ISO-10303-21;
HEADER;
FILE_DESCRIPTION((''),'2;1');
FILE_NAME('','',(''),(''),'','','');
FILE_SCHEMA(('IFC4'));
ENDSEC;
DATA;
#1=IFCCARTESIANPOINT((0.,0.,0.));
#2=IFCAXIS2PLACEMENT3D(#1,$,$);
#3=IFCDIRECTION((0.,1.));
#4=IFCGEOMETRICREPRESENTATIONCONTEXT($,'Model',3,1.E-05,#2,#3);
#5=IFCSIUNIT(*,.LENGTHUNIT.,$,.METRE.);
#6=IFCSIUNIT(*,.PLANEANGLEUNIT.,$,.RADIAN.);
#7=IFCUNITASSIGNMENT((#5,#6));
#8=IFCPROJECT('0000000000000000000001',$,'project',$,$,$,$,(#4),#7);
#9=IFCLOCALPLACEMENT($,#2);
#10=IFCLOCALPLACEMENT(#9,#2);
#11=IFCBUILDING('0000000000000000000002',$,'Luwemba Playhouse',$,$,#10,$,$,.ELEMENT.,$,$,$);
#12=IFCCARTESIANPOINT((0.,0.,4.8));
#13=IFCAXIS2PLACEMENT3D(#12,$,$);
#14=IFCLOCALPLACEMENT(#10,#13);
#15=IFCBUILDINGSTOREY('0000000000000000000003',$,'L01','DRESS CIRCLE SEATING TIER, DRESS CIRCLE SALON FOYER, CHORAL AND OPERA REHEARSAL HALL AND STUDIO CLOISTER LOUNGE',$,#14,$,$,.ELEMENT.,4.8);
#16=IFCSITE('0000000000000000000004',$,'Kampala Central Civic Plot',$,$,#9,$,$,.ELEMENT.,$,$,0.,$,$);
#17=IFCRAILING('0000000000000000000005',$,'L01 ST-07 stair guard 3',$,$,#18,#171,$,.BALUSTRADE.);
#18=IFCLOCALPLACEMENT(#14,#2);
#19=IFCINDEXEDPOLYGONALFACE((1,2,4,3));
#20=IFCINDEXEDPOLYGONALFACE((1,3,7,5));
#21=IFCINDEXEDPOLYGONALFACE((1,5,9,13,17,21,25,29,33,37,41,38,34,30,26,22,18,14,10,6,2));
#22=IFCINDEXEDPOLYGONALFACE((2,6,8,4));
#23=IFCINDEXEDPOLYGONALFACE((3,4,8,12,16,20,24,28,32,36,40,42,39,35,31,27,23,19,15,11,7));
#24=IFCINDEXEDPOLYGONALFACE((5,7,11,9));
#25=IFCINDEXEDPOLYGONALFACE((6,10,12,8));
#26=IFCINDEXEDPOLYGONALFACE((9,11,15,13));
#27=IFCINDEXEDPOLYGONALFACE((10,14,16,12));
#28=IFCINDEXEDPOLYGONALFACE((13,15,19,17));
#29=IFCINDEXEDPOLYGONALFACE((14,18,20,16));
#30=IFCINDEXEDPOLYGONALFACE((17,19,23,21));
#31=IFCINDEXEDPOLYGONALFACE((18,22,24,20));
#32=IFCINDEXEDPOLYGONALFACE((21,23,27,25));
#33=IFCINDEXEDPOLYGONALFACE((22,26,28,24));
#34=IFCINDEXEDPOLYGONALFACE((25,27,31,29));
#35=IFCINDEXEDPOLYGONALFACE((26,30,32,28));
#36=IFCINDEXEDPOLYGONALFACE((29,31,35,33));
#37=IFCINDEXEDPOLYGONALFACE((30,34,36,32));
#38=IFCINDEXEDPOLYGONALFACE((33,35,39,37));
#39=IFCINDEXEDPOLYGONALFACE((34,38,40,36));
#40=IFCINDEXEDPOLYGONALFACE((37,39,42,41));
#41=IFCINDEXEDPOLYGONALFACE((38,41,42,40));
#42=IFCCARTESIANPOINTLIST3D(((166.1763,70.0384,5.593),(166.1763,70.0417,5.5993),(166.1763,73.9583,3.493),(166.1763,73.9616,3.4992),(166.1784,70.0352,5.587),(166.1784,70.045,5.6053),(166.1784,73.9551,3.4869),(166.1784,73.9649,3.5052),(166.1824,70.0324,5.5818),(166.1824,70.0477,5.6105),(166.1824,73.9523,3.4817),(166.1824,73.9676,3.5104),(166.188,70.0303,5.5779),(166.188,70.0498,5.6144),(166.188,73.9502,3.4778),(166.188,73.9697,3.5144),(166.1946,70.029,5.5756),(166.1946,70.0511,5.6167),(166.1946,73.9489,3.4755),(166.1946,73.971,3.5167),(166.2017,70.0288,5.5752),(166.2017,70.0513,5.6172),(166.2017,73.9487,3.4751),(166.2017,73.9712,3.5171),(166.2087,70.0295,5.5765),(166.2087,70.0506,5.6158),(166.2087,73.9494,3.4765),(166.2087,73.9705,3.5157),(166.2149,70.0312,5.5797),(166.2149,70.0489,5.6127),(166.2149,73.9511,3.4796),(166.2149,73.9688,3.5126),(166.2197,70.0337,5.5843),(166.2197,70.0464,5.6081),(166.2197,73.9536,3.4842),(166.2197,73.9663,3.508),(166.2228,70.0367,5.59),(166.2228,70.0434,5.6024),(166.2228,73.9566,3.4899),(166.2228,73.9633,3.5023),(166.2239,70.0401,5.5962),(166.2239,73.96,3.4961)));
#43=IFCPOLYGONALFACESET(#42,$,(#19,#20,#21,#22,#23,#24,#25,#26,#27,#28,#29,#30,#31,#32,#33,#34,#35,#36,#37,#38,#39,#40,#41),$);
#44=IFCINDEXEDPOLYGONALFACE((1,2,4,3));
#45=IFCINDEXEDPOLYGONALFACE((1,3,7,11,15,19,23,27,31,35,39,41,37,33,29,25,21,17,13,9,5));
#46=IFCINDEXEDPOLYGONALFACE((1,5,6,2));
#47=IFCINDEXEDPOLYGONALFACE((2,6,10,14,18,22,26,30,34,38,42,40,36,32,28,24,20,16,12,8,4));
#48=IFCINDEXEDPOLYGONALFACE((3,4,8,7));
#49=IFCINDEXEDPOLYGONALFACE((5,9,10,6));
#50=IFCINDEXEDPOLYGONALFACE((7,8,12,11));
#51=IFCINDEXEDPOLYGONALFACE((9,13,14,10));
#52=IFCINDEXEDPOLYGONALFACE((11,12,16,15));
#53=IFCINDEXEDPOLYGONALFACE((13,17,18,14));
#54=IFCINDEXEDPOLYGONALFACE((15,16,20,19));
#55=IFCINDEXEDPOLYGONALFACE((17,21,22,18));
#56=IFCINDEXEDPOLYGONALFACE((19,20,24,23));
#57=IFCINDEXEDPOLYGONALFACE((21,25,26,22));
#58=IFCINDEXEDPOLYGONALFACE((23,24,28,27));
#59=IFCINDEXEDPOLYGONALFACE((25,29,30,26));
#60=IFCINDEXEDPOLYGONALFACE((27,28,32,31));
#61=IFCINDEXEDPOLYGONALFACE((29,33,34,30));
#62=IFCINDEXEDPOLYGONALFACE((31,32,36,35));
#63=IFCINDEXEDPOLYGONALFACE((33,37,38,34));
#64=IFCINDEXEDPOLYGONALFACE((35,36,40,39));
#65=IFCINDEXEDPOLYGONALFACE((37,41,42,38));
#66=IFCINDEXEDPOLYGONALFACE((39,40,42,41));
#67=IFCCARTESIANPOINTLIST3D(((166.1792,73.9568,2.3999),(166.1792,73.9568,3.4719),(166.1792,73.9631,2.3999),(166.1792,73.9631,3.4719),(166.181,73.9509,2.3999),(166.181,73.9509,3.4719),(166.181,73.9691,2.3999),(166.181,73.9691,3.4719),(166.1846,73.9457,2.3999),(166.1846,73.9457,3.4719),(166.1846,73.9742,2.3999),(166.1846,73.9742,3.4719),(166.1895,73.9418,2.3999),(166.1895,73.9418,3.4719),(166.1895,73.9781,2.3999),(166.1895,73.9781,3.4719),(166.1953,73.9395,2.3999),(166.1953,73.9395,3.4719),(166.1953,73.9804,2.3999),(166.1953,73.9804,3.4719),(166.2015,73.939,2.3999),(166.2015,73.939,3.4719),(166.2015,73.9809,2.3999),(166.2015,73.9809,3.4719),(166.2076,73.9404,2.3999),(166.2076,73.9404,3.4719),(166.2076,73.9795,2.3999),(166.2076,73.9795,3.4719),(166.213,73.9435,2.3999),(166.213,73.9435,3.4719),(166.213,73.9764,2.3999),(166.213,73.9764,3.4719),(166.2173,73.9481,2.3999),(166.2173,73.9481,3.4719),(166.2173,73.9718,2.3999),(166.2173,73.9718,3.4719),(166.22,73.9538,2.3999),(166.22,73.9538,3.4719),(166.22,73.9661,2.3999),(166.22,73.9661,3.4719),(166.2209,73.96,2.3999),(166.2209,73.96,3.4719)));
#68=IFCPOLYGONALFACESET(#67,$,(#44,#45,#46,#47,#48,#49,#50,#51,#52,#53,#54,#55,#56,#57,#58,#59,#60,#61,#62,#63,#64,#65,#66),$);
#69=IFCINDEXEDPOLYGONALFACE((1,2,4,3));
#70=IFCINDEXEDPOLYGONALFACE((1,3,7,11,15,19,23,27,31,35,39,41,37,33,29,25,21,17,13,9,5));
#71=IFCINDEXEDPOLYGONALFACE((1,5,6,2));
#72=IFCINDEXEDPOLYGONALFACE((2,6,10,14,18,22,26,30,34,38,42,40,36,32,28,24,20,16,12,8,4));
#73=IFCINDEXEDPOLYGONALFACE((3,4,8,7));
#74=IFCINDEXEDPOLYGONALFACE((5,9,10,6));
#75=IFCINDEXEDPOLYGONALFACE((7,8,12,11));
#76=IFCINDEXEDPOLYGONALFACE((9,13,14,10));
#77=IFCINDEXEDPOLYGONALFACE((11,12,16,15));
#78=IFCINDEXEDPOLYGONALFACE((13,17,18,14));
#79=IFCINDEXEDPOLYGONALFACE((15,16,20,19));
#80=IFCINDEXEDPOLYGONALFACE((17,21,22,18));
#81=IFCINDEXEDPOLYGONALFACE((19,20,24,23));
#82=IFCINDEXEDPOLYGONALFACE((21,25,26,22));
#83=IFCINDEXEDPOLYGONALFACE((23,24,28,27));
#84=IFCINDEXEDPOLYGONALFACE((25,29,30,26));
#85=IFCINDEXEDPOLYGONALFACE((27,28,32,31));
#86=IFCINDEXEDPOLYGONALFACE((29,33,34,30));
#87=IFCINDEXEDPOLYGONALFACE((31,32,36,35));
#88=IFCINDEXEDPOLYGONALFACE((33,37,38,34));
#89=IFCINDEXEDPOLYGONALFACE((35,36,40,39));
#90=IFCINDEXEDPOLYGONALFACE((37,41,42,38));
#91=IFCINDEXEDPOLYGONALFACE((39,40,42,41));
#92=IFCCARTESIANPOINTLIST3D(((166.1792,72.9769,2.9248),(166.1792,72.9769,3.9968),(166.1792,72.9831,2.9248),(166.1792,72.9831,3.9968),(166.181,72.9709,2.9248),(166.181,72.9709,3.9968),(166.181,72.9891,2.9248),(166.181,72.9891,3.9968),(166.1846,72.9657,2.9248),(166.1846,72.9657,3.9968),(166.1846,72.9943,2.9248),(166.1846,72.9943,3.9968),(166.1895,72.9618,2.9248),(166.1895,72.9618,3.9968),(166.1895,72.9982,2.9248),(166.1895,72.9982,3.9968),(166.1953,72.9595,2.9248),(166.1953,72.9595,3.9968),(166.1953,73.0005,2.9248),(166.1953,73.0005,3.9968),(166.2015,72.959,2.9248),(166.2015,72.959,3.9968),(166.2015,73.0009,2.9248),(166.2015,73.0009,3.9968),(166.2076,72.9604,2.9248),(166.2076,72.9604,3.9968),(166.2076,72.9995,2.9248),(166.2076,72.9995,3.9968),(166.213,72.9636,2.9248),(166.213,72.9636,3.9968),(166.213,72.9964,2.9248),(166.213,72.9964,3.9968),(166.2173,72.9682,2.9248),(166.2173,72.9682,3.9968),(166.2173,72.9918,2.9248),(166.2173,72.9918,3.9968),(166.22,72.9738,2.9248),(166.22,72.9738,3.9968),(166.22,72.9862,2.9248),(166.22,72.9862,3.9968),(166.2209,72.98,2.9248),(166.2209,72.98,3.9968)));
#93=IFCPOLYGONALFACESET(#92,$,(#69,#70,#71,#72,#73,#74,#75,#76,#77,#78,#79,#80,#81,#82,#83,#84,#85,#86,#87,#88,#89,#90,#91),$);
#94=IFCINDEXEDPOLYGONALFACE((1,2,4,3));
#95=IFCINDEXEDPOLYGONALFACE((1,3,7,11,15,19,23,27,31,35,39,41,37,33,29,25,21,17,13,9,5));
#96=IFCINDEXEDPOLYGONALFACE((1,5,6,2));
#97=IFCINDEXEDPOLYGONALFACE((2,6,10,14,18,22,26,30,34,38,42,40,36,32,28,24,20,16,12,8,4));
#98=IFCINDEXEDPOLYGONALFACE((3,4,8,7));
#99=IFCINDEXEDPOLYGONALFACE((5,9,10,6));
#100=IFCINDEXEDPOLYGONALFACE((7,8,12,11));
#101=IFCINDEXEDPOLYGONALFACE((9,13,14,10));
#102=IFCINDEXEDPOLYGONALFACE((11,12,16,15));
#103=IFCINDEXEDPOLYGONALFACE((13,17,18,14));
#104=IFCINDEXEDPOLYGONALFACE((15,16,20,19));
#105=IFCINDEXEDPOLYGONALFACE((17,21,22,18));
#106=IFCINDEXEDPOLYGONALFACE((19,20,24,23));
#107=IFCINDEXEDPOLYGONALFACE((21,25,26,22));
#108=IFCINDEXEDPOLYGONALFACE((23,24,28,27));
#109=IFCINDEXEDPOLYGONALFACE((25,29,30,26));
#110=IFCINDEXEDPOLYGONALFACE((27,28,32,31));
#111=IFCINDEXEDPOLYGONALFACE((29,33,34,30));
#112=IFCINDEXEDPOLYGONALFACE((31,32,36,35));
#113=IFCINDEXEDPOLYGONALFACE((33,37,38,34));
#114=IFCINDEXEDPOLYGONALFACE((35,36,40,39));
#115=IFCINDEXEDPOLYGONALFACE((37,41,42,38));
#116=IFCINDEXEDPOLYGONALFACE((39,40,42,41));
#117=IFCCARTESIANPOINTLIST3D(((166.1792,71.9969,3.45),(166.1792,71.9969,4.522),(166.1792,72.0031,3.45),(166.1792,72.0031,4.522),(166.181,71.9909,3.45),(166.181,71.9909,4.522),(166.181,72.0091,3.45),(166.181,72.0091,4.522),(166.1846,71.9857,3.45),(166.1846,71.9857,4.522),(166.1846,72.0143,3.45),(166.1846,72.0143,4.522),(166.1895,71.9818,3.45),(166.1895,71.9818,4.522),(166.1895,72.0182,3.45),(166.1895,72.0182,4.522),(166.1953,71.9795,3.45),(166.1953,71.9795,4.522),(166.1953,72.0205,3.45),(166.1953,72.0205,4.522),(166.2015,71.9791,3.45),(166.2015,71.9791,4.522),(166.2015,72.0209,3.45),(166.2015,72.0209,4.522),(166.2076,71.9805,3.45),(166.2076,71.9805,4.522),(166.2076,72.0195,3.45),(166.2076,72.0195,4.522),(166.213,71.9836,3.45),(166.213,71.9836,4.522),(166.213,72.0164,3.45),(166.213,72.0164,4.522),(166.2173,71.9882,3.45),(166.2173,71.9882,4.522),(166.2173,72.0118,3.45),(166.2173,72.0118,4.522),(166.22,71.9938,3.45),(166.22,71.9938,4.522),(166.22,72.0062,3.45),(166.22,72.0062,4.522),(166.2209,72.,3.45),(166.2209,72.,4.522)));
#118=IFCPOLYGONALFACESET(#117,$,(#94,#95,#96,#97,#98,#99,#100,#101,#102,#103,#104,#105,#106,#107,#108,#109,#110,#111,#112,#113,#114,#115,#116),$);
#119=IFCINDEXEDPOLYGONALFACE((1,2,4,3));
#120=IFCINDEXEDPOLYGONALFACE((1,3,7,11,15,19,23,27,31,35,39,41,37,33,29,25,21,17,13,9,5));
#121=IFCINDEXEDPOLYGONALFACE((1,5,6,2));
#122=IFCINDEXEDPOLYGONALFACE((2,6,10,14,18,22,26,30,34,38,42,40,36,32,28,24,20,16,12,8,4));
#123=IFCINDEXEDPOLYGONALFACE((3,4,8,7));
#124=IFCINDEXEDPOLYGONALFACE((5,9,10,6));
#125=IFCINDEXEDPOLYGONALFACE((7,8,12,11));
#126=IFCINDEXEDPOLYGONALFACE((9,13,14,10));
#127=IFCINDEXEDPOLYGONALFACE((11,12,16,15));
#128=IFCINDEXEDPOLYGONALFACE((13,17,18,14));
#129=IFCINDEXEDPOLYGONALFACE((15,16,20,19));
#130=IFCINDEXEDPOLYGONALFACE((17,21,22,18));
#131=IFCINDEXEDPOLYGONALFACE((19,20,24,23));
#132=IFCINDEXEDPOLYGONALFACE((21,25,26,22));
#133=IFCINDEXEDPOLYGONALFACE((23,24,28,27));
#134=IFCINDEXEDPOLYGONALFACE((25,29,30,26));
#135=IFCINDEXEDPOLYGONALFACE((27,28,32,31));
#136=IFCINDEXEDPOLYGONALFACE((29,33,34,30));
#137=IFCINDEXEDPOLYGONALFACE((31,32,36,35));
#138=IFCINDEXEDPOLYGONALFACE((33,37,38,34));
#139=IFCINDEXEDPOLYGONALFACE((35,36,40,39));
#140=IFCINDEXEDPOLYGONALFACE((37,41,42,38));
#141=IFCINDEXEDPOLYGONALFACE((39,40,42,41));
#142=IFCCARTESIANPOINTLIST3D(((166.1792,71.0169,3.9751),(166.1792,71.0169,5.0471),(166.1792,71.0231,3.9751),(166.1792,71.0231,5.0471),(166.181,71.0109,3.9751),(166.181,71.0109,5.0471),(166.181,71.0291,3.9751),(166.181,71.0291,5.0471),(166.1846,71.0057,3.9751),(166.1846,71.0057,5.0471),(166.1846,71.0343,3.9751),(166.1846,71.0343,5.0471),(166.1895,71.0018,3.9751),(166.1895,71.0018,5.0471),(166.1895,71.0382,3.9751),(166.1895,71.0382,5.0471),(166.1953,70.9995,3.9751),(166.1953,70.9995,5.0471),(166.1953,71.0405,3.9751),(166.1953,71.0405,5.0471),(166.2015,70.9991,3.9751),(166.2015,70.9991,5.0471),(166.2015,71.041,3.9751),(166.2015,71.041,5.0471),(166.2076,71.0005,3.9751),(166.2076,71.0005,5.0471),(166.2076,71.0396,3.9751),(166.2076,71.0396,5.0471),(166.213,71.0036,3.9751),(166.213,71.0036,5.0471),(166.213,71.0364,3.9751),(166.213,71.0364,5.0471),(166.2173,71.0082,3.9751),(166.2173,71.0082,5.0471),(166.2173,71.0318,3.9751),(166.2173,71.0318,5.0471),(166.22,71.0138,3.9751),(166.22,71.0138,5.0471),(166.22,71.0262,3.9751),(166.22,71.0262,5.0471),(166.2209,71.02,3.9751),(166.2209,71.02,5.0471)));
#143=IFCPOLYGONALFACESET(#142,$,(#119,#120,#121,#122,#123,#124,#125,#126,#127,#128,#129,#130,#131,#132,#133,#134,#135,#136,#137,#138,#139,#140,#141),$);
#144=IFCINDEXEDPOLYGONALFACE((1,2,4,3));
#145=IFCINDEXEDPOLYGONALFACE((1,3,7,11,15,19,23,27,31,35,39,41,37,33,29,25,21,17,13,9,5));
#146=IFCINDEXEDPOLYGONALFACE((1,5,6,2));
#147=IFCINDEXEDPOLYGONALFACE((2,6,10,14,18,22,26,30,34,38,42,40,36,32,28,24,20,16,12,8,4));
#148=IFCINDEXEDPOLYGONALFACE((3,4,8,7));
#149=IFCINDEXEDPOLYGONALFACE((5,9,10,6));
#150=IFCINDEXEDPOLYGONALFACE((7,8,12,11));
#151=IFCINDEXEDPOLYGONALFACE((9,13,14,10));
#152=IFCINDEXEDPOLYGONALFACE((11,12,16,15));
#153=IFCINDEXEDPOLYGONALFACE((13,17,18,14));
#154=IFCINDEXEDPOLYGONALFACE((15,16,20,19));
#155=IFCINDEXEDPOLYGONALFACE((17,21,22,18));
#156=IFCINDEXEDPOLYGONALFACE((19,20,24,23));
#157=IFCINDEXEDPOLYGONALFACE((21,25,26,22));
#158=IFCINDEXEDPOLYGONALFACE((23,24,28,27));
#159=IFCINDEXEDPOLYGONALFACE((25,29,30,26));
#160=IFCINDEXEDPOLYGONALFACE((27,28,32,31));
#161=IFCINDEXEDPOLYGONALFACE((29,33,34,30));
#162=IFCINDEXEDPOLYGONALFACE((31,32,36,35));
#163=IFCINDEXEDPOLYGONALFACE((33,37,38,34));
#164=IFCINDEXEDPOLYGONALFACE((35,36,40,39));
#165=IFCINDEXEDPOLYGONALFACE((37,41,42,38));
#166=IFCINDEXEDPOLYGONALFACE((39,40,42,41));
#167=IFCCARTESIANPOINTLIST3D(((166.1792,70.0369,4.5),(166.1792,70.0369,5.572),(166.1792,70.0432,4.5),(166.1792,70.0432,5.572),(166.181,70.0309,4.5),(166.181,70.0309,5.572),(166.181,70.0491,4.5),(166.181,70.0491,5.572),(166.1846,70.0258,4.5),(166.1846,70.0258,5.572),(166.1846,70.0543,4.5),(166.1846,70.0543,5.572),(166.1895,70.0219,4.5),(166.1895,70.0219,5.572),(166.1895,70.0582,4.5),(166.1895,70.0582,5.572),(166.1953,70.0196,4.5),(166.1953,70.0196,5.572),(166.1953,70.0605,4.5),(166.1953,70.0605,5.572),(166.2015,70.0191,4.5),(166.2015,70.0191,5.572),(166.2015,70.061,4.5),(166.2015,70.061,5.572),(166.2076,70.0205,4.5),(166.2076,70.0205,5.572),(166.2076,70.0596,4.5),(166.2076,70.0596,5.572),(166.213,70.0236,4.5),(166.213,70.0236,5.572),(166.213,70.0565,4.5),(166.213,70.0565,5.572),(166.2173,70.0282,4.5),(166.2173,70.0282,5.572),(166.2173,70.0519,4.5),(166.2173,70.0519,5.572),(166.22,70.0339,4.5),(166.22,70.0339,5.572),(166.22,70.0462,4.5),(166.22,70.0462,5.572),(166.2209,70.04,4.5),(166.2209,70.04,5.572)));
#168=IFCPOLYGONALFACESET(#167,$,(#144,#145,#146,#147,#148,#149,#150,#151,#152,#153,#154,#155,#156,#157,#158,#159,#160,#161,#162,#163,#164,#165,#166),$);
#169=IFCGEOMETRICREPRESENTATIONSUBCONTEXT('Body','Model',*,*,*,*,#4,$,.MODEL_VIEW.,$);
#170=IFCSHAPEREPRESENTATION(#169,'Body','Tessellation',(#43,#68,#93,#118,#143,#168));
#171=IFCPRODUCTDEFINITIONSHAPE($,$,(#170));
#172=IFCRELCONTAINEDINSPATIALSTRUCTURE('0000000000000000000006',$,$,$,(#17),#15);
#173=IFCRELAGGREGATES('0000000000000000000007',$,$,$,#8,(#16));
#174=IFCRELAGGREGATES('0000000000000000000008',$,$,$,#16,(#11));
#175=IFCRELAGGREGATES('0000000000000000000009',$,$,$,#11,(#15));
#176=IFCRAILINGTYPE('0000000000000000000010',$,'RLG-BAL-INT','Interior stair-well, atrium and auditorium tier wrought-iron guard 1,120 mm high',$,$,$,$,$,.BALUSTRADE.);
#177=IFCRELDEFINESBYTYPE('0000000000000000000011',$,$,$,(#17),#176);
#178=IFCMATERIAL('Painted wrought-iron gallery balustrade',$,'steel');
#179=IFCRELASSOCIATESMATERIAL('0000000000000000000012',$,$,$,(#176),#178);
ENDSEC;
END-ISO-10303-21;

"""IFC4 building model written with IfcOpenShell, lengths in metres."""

from ifc_helpers import new_model, si_unit, direction, frame, origin, origin_2d, place, context, subcontext, project, spatial, circle, extrude, material, type_object, element, save


model = new_model("IFC4")

# Units and contexts
model_context = context("Model", 3, precision=1e-05, world=origin(), true_north=direction((0.0, 1.0)))
body_context = subcontext(model_context, "Body", "Model", "MODEL_VIEW")
ifc_project = project(units=[si_unit("LENGTHUNIT", "METRE"), si_unit("PLANEANGLEUNIT", "RADIAN")], contexts=[model_context])

# Site, building, storey
site_placement = place(None, origin())
site = spatial("IfcSite", under=ifc_project, at=site_placement, Name="Kampala Central Civic Plot", CompositionType="ELEMENT", RefElevation=0.0)
building_placement = place(site_placement, origin())
building = spatial("IfcBuilding", under=site, at=building_placement, Name="Luwemba Playhouse", CompositionType="ELEMENT")
storey_placement = place(building_placement, frame((0.0, 0.0, 4.8)))
storey = spatial("IfcBuildingStorey", under=building, at=storey_placement, Name="L01", Description="DRESS CIRCLE SEATING TIER, DRESS CIRCLE SALON FOYER, CHORAL AND OPERA REHEARSAL HALL AND STUDIO CLOISTER LOUNGE", CompositionType="ELEMENT", Elevation=4.8)

# Railing
ifc_material_1 = material(Name="Painted wrought-iron gallery balustrade", Category="steel")
railing_type_1 = type_object("IfcRailingType", Name="RLG-BAL-INT", Description="Interior stair-well, atrium and auditorium tier wrought-iron guard 1,120 mm high", PredefinedType="BALUSTRADE", material=ifc_material_1)
railing_1_placement = place(storey_placement, frame((166.2, 73.96, 2.3999)))
element("IfcRailing", 1, at=railing_1_placement, inside=storey, type_object=railing_type_1, Name="L01 ST-07 stair guard 3", PredefinedType="BALUSTRADE", context=body_context, shape_type="SweptSolid", body=[
    extrude(circle(Radius=0.0239, at=origin_2d()), frame((0.0, 0.0, 1.0962), z_axis=(0.0, -0.881467, 0.472246), x_axis=(1.0, 0.0, 0.0)), (0.0, 0.0, 1.0), 4.447),
    extrude(circle(Radius=0.021, at=origin_2d()), origin(), (0.0, 0.0, 1.0), 1.072),
    extrude(circle(Radius=0.021, at=origin_2d()), frame((0.0, -0.98, 0.5249)), (0.0, 0.0, 1.0), 1.072),
    extrude(circle(Radius=0.021, at=origin_2d()), frame((0.0, -1.96, 1.05)), (0.0, 0.0, 1.0), 1.072),
    extrude(circle(Radius=0.021, at=origin_2d()), frame((0.0, -2.9399, 1.5752)), (0.0, 0.0, 1.0), 1.072),
    extrude(circle(Radius=0.021, at=origin_2d()), frame((0.0, -3.9199, 2.1001)), (0.0, 0.0, 1.0), 1.072),
])

save(model, "model.ifc")
